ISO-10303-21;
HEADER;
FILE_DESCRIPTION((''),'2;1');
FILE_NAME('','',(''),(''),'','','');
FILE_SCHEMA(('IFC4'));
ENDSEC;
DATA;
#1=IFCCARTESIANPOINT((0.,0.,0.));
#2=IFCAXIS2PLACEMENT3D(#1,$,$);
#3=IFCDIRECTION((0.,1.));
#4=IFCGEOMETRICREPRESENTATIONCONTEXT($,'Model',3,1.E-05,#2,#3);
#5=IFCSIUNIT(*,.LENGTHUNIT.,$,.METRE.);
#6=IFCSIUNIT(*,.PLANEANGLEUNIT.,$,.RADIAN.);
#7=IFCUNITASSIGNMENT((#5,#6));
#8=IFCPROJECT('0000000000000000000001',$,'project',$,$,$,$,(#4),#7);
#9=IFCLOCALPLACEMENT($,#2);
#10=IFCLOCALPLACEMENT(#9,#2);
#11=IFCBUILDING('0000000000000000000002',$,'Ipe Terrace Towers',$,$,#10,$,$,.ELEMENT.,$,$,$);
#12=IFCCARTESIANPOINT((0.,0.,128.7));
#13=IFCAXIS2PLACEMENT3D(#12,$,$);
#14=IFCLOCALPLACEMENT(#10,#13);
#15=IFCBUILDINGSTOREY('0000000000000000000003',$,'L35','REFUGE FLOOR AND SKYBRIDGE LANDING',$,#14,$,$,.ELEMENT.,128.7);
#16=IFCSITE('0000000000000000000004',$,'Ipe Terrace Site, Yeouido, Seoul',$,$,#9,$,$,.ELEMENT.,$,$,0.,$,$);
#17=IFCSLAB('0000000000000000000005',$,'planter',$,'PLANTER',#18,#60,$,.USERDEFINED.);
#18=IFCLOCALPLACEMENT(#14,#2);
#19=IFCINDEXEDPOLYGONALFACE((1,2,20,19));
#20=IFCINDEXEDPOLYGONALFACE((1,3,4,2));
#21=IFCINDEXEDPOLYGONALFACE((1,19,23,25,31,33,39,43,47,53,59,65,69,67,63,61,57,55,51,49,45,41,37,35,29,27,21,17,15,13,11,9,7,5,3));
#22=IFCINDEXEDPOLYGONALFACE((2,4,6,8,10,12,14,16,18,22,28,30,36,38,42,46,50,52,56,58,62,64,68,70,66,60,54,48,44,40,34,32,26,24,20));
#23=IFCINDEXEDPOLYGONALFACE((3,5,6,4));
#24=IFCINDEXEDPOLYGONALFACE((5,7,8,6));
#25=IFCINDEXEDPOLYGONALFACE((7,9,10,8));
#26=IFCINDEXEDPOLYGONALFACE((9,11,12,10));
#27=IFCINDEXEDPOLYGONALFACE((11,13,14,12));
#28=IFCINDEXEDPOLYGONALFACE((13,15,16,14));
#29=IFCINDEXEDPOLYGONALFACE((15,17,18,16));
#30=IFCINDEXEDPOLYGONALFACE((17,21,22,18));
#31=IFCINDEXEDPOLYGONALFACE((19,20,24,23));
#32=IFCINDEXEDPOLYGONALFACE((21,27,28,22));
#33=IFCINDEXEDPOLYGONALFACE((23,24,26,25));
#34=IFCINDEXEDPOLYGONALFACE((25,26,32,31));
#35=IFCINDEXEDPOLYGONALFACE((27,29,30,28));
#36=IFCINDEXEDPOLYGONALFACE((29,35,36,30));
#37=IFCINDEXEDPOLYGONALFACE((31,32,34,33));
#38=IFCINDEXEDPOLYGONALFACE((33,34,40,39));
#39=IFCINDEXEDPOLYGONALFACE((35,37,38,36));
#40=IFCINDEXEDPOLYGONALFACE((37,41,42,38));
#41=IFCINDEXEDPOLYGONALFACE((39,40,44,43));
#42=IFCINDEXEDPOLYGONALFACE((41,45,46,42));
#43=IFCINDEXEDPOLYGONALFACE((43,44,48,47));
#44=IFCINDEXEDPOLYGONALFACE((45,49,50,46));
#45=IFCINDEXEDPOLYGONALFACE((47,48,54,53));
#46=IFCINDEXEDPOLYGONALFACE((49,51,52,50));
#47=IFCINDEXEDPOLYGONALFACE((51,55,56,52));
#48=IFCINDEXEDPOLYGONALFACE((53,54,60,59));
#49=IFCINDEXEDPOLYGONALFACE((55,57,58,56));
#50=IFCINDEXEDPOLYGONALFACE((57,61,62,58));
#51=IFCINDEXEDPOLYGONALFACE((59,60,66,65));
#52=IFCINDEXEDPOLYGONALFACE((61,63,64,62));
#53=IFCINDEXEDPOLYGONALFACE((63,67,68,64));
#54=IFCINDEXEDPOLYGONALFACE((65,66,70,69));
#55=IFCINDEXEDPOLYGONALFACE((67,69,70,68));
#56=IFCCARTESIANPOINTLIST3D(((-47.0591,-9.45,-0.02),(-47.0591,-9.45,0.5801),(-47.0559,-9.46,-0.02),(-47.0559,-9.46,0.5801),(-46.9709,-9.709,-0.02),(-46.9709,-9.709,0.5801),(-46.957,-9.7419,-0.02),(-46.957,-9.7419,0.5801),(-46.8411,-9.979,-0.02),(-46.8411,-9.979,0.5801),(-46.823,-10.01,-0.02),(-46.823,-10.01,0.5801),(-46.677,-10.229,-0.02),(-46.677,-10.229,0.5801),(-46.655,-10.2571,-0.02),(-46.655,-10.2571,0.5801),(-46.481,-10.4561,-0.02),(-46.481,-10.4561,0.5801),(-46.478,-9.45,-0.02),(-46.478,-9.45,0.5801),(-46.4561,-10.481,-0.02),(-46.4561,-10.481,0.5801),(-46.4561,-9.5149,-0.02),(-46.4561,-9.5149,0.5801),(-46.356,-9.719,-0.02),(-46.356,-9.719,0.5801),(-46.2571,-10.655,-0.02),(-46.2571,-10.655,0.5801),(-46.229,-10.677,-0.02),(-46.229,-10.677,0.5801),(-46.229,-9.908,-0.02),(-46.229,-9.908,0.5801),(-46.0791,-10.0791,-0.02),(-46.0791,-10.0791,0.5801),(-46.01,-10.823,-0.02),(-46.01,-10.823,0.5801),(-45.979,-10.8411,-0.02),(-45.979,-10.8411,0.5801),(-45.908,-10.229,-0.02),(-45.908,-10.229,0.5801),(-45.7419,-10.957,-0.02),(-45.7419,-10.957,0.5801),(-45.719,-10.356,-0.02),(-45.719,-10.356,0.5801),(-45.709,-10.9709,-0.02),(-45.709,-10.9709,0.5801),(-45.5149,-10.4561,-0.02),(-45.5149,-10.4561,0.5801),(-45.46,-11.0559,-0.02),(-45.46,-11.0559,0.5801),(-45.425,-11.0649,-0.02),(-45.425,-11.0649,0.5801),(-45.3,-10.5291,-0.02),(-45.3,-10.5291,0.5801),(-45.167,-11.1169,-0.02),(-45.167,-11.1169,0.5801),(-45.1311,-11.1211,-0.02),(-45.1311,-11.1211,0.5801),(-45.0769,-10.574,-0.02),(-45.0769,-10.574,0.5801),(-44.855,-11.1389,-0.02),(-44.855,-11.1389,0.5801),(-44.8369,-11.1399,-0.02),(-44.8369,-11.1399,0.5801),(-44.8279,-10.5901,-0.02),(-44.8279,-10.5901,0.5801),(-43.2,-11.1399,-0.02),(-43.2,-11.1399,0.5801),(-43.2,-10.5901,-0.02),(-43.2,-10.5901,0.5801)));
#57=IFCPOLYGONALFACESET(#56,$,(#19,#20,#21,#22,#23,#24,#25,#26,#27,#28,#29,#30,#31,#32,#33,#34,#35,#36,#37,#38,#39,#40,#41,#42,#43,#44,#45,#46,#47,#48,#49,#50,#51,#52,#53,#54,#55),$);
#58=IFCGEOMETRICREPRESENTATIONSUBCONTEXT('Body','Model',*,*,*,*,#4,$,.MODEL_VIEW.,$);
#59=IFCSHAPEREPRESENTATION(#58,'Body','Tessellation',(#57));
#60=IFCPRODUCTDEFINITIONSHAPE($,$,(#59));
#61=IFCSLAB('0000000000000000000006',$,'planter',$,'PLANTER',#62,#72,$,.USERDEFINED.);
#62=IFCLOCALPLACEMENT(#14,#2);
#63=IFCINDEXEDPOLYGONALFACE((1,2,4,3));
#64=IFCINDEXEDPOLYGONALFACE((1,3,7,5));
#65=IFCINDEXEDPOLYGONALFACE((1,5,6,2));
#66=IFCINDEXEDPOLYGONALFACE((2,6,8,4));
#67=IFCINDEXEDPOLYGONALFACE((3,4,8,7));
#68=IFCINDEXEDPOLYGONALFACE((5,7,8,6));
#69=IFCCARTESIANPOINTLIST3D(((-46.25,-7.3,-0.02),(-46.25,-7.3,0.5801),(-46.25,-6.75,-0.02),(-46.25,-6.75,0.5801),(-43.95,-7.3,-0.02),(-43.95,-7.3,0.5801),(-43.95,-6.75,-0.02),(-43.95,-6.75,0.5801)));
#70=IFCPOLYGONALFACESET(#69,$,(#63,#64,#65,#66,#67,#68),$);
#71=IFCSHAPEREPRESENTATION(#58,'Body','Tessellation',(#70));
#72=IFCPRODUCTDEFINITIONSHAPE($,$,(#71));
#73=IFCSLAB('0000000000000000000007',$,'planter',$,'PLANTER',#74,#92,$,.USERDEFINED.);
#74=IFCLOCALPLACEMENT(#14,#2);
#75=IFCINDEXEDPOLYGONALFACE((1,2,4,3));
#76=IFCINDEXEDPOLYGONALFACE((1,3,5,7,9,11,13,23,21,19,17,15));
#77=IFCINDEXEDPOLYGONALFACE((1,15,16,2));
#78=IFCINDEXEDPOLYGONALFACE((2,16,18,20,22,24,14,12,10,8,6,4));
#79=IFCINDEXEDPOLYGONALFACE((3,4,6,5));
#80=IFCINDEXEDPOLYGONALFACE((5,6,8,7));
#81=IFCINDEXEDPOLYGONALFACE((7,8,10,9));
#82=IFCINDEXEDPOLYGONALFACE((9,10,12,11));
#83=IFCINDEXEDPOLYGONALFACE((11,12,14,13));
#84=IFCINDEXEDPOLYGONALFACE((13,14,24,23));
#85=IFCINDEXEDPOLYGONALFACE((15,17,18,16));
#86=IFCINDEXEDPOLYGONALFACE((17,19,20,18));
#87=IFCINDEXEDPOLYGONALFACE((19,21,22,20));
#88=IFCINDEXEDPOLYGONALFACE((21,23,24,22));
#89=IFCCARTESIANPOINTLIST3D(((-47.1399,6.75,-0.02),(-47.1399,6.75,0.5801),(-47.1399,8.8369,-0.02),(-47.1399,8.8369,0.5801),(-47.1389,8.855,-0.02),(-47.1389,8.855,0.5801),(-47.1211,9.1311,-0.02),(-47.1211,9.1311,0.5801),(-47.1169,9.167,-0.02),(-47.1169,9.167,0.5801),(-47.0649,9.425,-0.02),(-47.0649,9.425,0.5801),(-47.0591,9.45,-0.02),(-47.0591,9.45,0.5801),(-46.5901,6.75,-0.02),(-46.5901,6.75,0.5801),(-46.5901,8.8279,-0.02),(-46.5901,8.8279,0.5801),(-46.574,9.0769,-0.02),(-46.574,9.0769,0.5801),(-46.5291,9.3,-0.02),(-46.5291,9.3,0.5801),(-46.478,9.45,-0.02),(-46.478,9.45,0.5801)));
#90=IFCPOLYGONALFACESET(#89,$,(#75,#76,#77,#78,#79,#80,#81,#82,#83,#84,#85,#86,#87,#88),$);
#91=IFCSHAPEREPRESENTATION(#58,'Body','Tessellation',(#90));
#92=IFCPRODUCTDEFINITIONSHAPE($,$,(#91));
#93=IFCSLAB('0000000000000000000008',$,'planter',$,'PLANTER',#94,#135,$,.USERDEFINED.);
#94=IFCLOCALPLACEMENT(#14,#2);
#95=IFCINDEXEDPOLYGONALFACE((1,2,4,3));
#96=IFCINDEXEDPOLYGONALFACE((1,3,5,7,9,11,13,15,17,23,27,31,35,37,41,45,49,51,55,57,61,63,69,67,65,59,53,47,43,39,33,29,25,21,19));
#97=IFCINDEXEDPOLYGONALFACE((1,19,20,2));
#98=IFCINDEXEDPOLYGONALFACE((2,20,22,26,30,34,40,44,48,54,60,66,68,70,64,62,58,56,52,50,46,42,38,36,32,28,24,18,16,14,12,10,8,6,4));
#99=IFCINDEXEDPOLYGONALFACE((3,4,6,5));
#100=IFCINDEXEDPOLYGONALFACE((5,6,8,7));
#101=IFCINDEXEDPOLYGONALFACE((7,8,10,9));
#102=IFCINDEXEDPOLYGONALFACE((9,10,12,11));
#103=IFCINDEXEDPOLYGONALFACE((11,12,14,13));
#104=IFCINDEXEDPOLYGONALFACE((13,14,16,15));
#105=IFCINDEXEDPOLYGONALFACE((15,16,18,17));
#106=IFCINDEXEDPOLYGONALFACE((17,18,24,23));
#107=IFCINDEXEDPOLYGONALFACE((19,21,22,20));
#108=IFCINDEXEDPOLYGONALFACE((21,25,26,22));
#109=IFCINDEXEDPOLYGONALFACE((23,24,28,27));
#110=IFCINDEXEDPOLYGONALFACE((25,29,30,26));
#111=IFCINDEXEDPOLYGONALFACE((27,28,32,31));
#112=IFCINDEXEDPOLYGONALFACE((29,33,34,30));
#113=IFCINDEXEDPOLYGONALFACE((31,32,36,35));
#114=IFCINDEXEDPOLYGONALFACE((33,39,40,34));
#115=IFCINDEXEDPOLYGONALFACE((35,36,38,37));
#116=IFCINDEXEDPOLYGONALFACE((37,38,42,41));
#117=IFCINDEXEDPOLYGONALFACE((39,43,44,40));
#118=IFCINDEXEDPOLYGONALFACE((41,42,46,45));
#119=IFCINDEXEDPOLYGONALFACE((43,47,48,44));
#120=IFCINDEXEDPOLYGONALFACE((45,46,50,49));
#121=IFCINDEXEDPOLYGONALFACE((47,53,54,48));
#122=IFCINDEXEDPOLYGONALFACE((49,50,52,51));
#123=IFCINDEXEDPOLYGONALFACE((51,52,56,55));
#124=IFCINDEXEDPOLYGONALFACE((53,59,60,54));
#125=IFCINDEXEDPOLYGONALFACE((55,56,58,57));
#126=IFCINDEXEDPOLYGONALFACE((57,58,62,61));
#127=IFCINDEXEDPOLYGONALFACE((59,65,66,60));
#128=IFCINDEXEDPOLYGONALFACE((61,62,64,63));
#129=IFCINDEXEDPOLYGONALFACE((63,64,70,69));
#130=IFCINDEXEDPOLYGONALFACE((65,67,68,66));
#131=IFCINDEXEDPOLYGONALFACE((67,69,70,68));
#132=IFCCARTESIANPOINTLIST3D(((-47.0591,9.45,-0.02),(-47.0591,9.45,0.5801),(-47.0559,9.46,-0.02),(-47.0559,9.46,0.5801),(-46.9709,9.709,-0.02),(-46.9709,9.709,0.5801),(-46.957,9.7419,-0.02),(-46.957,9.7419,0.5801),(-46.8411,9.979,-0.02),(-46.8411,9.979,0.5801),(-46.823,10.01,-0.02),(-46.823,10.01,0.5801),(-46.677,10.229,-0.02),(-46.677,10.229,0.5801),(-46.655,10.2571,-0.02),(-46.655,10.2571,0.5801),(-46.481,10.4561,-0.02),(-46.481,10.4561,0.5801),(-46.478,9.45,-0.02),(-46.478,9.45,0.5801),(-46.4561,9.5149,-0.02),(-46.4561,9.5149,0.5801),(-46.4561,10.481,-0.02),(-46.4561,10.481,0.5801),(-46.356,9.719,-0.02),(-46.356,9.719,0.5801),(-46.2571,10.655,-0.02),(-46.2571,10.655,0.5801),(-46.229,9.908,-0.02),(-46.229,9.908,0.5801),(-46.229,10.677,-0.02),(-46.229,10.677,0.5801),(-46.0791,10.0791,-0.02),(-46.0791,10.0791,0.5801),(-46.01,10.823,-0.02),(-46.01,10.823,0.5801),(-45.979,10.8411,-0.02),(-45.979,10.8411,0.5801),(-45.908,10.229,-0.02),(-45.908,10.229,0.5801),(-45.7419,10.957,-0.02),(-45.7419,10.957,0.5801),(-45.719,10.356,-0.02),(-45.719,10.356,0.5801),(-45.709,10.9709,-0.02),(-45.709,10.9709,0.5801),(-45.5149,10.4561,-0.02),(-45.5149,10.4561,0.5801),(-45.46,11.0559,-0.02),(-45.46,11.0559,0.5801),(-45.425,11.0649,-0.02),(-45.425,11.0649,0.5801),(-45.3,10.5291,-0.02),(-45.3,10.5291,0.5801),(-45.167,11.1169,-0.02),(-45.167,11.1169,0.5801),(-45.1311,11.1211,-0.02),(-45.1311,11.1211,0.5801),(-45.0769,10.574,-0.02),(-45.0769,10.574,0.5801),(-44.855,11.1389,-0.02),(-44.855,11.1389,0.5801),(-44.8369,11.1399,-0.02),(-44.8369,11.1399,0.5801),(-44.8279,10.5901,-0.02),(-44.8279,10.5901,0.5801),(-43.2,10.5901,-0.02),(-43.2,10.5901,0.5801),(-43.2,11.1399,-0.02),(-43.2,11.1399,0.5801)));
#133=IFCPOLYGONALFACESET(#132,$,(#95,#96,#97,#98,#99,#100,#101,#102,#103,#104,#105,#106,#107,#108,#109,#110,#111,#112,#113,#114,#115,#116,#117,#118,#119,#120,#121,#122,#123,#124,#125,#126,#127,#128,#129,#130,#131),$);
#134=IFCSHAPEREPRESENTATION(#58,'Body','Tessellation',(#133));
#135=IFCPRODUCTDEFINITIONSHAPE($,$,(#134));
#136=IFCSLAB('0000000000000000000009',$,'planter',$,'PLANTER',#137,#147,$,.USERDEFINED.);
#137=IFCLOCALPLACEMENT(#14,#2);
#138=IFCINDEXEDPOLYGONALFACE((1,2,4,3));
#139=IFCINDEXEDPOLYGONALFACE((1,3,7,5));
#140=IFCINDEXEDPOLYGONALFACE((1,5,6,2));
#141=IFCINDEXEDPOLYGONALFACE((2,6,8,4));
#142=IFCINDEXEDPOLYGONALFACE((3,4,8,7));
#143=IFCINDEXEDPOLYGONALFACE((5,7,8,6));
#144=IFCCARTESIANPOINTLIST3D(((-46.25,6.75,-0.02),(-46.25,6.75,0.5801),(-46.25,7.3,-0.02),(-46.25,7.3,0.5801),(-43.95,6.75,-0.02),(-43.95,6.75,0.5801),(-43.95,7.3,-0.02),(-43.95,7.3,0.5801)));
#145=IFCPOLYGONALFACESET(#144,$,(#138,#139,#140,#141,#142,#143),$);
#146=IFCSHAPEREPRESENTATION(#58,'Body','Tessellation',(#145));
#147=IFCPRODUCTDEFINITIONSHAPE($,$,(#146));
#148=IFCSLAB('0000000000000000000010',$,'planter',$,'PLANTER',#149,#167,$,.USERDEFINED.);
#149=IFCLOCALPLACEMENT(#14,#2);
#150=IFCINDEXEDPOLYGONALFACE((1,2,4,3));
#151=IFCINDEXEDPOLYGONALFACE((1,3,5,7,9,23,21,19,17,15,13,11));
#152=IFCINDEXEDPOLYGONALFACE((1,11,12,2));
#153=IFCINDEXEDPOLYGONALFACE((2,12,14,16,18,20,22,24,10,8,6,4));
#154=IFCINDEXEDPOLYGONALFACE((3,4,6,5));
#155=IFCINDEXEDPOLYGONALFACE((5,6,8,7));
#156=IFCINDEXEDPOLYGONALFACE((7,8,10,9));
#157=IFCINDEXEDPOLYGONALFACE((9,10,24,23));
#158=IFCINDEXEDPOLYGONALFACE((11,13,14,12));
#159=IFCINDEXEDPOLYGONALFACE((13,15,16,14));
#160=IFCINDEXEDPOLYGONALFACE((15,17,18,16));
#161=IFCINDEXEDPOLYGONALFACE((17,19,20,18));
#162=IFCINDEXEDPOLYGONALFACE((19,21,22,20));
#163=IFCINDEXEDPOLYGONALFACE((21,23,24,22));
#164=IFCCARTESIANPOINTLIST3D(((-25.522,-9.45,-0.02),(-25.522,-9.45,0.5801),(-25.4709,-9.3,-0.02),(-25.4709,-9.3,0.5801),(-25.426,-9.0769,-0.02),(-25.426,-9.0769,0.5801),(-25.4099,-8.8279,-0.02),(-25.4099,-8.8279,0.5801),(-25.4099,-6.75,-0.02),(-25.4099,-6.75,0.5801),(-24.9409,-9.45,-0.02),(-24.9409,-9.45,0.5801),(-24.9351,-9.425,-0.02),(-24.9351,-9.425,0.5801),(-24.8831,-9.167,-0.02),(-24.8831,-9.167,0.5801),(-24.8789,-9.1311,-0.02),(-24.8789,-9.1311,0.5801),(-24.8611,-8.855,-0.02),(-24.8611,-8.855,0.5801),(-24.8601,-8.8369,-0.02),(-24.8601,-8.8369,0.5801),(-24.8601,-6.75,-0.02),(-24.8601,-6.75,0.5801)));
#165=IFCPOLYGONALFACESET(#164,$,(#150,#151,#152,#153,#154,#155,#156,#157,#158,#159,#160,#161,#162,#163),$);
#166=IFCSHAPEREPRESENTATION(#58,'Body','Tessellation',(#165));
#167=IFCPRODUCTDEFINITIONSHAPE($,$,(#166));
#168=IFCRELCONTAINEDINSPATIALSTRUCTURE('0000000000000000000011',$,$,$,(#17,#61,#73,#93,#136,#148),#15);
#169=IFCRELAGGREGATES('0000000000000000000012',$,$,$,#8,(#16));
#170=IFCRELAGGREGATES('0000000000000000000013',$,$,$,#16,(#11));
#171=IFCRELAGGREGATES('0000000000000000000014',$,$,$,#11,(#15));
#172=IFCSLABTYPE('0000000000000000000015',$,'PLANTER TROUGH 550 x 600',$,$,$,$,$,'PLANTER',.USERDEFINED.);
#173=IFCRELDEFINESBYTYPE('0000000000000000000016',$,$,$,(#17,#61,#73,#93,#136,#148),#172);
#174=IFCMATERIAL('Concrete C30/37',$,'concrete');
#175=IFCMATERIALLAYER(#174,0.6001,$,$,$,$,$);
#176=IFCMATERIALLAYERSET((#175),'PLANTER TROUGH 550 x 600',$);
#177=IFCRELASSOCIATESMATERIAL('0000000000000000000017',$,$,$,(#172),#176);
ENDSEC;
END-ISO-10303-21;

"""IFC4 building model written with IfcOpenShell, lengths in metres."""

from ifc_helpers import new_model, si_unit, direction, frame, origin, place, context, subcontext, project, spatial, polyline, outline, extrude, material, layer, layer_set, type_object, element, save


model = new_model("IFC4")

# Units and contexts
model_context = context("Model", 3, precision=1e-05, world=origin(), true_north=direction((0.0, 1.0)))
body_context = subcontext(model_context, "Body", "Model", "MODEL_VIEW")
ifc_project = project(units=[si_unit("LENGTHUNIT", "METRE"), si_unit("PLANEANGLEUNIT", "RADIAN")], contexts=[model_context])

# Site, building, storey
site_placement = place(None, origin())
site = spatial("IfcSite", under=ifc_project, at=site_placement, Name="Ipe Terrace Site, Yeouido, Seoul", CompositionType="ELEMENT", RefElevation=0.0)
building_placement = place(site_placement, origin())
building = spatial("IfcBuilding", under=site, at=building_placement, Name="Ipe Terrace Towers", CompositionType="ELEMENT")
storey_placement = place(building_placement, frame((0.0, 0.0, 128.7)))
storey = spatial("IfcBuildingStorey", under=building, at=storey_placement, Name="L35", Description="REFUGE FLOOR AND SKYBRIDGE LANDING", CompositionType="ELEMENT", Elevation=128.7)

# Slabs
ifc_material_1 = material(Name="Concrete C30/37", Category="concrete")
ifc_layer_1 = layer(ifc_material_1, 0.6001)
ifc_layer_set_1 = layer_set([ifc_layer_1], Name="PLANTER TROUGH 550 x 600")
slab_type_1 = type_object("IfcSlabType", Name="PLANTER TROUGH 550 x 600", ElementType="PLANTER", PredefinedType="USERDEFINED", material=ifc_layer_set_1)
slab_1_placement = place(storey_placement, frame((0.0, 0.0, -0.02)))
element("IfcSlab", 1, at=slab_1_placement, inside=storey, type_object=slab_type_1, Name="planter", ObjectType="PLANTER", PredefinedType="USERDEFINED", context=body_context, shape_type="SweptSolid", body=[
    extrude(outline(polyline([(-46.4561, -9.5149), (-46.478, -9.45), (-47.0591, -9.45), (-47.0559, -9.46), (-46.9709, -9.709), (-46.957, -9.7419), (-46.8411, -9.979), (-46.823, -10.01), (-46.677, -10.229), (-46.655, -10.2571), (-46.481, -10.4561), (-46.4561, -10.481), (-46.2571, -10.655), (-46.229, -10.677), (-46.01, -10.823), (-45.979, -10.8411), (-45.7419, -10.957), (-45.709, -10.9709), (-45.46, -11.0559), (-45.425, -11.0649), (-45.167, -11.1169), (-45.1311, -11.1211), (-44.855, -11.1389), (-44.8369, -11.1399), (-43.2, -11.1399), (-43.2, -10.5901), (-44.8279, -10.5901), (-45.0769, -10.574), (-45.3, -10.5291), (-45.5149, -10.4561), (-45.719, -10.356), (-45.908, -10.229), (-46.0791, -10.0791), (-46.229, -9.908), (-46.356, -9.719), (-46.4561, -9.5149)])), origin(), (0.0, 0.0, 1.0), 0.6001),
])
slab_2_placement = place(storey_placement, frame((0.0, 0.0, -0.02)))
element("IfcSlab", 2, at=slab_2_placement, inside=storey, type_object=slab_type_1, Name="planter", ObjectType="PLANTER", PredefinedType="USERDEFINED", context=body_context, shape_type="SweptSolid", body=[
    extrude(outline(polyline([(-43.95, -6.75), (-46.25, -6.75), (-46.25, -7.3), (-43.95, -7.3), (-43.95, -6.75)])), origin(), (0.0, 0.0, 1.0), 0.6001),
])
slab_3_placement = place(storey_placement, frame((0.0, 0.0, -0.02)))
element("IfcSlab", 3, at=slab_3_placement, inside=storey, type_object=slab_type_1, Name="planter", ObjectType="PLANTER", PredefinedType="USERDEFINED", context=body_context, shape_type="SweptSolid", body=[
    extrude(outline(polyline([(-46.5291, 9.3), (-46.478, 9.45), (-47.0591, 9.45), (-47.0649, 9.425), (-47.1169, 9.167), (-47.1211, 9.1311), (-47.1389, 8.855), (-47.1399, 8.8369), (-47.1399, 6.75), (-46.5901, 6.75), (-46.5901, 8.8279), (-46.574, 9.0769), (-46.5291, 9.3)])), origin(), (0.0, 0.0, 1.0), 0.6001),
])
slab_4_placement = place(storey_placement, frame((0.0, 0.0, -0.02)))
element("IfcSlab", 4, at=slab_4_placement, inside=storey, type_object=slab_type_1, Name="planter", ObjectType="PLANTER", PredefinedType="USERDEFINED", context=body_context, shape_type="SweptSolid", body=[
    extrude(outline(polyline([(-46.4561, 9.5149), (-46.356, 9.719), (-46.229, 9.908), (-46.0791, 10.0791), (-45.908, 10.229), (-45.719, 10.356), (-45.5149, 10.4561), (-45.3, 10.5291), (-45.0769, 10.574), (-44.8279, 10.5901), (-43.2, 10.5901), (-43.2, 11.1399), (-44.8369, 11.1399), (-44.855, 11.1389), (-45.1311, 11.1211), (-45.167, 11.1169), (-45.425, 11.0649), (-45.46, 11.0559), (-45.709, 10.9709), (-45.7419, 10.957), (-45.979, 10.8411), (-46.01, 10.823), (-46.229, 10.677), (-46.2571, 10.655), (-46.4561, 10.481), (-46.481, 10.4561), (-46.655, 10.2571), (-46.677, 10.229), (-46.823, 10.01), (-46.8411, 9.979), (-46.957, 9.7419), (-46.9709, 9.709), (-47.0559, 9.46), (-47.0591, 9.45), (-46.478, 9.45), (-46.4561, 9.5149)])), origin(), (0.0, 0.0, 1.0), 0.6001),
])
slab_5_placement = place(storey_placement, frame((0.0, 0.0, -0.02)))
element("IfcSlab", 5, at=slab_5_placement, inside=storey, type_object=slab_type_1, Name="planter", ObjectType="PLANTER", PredefinedType="USERDEFINED", context=body_context, shape_type="SweptSolid", body=[
    extrude(outline(polyline([(-43.95, 6.75), (-43.95, 7.3), (-46.25, 7.3), (-46.25, 6.75), (-43.95, 6.75)])), origin(), (0.0, 0.0, 1.0), 0.6001),
])
slab_6_placement = place(storey_placement, frame((0.0, 0.0, -0.02)))
element("IfcSlab", 6, at=slab_6_placement, inside=storey, type_object=slab_type_1, Name="planter", ObjectType="PLANTER", PredefinedType="USERDEFINED", context=body_context, shape_type="SweptSolid", body=[
    extrude(outline(polyline([(-25.4709, -9.3), (-25.522, -9.45), (-24.9409, -9.45), (-24.9351, -9.425), (-24.8831, -9.167), (-24.8789, -9.1311), (-24.8611, -8.855), (-24.8601, -8.8369), (-24.8601, -6.75), (-25.4099, -6.75), (-25.4099, -8.8279), (-25.426, -9.0769), (-25.4709, -9.3)])), origin(), (0.0, 0.0, 1.0), 0.6001),
])

save(model, "model.ifc")
